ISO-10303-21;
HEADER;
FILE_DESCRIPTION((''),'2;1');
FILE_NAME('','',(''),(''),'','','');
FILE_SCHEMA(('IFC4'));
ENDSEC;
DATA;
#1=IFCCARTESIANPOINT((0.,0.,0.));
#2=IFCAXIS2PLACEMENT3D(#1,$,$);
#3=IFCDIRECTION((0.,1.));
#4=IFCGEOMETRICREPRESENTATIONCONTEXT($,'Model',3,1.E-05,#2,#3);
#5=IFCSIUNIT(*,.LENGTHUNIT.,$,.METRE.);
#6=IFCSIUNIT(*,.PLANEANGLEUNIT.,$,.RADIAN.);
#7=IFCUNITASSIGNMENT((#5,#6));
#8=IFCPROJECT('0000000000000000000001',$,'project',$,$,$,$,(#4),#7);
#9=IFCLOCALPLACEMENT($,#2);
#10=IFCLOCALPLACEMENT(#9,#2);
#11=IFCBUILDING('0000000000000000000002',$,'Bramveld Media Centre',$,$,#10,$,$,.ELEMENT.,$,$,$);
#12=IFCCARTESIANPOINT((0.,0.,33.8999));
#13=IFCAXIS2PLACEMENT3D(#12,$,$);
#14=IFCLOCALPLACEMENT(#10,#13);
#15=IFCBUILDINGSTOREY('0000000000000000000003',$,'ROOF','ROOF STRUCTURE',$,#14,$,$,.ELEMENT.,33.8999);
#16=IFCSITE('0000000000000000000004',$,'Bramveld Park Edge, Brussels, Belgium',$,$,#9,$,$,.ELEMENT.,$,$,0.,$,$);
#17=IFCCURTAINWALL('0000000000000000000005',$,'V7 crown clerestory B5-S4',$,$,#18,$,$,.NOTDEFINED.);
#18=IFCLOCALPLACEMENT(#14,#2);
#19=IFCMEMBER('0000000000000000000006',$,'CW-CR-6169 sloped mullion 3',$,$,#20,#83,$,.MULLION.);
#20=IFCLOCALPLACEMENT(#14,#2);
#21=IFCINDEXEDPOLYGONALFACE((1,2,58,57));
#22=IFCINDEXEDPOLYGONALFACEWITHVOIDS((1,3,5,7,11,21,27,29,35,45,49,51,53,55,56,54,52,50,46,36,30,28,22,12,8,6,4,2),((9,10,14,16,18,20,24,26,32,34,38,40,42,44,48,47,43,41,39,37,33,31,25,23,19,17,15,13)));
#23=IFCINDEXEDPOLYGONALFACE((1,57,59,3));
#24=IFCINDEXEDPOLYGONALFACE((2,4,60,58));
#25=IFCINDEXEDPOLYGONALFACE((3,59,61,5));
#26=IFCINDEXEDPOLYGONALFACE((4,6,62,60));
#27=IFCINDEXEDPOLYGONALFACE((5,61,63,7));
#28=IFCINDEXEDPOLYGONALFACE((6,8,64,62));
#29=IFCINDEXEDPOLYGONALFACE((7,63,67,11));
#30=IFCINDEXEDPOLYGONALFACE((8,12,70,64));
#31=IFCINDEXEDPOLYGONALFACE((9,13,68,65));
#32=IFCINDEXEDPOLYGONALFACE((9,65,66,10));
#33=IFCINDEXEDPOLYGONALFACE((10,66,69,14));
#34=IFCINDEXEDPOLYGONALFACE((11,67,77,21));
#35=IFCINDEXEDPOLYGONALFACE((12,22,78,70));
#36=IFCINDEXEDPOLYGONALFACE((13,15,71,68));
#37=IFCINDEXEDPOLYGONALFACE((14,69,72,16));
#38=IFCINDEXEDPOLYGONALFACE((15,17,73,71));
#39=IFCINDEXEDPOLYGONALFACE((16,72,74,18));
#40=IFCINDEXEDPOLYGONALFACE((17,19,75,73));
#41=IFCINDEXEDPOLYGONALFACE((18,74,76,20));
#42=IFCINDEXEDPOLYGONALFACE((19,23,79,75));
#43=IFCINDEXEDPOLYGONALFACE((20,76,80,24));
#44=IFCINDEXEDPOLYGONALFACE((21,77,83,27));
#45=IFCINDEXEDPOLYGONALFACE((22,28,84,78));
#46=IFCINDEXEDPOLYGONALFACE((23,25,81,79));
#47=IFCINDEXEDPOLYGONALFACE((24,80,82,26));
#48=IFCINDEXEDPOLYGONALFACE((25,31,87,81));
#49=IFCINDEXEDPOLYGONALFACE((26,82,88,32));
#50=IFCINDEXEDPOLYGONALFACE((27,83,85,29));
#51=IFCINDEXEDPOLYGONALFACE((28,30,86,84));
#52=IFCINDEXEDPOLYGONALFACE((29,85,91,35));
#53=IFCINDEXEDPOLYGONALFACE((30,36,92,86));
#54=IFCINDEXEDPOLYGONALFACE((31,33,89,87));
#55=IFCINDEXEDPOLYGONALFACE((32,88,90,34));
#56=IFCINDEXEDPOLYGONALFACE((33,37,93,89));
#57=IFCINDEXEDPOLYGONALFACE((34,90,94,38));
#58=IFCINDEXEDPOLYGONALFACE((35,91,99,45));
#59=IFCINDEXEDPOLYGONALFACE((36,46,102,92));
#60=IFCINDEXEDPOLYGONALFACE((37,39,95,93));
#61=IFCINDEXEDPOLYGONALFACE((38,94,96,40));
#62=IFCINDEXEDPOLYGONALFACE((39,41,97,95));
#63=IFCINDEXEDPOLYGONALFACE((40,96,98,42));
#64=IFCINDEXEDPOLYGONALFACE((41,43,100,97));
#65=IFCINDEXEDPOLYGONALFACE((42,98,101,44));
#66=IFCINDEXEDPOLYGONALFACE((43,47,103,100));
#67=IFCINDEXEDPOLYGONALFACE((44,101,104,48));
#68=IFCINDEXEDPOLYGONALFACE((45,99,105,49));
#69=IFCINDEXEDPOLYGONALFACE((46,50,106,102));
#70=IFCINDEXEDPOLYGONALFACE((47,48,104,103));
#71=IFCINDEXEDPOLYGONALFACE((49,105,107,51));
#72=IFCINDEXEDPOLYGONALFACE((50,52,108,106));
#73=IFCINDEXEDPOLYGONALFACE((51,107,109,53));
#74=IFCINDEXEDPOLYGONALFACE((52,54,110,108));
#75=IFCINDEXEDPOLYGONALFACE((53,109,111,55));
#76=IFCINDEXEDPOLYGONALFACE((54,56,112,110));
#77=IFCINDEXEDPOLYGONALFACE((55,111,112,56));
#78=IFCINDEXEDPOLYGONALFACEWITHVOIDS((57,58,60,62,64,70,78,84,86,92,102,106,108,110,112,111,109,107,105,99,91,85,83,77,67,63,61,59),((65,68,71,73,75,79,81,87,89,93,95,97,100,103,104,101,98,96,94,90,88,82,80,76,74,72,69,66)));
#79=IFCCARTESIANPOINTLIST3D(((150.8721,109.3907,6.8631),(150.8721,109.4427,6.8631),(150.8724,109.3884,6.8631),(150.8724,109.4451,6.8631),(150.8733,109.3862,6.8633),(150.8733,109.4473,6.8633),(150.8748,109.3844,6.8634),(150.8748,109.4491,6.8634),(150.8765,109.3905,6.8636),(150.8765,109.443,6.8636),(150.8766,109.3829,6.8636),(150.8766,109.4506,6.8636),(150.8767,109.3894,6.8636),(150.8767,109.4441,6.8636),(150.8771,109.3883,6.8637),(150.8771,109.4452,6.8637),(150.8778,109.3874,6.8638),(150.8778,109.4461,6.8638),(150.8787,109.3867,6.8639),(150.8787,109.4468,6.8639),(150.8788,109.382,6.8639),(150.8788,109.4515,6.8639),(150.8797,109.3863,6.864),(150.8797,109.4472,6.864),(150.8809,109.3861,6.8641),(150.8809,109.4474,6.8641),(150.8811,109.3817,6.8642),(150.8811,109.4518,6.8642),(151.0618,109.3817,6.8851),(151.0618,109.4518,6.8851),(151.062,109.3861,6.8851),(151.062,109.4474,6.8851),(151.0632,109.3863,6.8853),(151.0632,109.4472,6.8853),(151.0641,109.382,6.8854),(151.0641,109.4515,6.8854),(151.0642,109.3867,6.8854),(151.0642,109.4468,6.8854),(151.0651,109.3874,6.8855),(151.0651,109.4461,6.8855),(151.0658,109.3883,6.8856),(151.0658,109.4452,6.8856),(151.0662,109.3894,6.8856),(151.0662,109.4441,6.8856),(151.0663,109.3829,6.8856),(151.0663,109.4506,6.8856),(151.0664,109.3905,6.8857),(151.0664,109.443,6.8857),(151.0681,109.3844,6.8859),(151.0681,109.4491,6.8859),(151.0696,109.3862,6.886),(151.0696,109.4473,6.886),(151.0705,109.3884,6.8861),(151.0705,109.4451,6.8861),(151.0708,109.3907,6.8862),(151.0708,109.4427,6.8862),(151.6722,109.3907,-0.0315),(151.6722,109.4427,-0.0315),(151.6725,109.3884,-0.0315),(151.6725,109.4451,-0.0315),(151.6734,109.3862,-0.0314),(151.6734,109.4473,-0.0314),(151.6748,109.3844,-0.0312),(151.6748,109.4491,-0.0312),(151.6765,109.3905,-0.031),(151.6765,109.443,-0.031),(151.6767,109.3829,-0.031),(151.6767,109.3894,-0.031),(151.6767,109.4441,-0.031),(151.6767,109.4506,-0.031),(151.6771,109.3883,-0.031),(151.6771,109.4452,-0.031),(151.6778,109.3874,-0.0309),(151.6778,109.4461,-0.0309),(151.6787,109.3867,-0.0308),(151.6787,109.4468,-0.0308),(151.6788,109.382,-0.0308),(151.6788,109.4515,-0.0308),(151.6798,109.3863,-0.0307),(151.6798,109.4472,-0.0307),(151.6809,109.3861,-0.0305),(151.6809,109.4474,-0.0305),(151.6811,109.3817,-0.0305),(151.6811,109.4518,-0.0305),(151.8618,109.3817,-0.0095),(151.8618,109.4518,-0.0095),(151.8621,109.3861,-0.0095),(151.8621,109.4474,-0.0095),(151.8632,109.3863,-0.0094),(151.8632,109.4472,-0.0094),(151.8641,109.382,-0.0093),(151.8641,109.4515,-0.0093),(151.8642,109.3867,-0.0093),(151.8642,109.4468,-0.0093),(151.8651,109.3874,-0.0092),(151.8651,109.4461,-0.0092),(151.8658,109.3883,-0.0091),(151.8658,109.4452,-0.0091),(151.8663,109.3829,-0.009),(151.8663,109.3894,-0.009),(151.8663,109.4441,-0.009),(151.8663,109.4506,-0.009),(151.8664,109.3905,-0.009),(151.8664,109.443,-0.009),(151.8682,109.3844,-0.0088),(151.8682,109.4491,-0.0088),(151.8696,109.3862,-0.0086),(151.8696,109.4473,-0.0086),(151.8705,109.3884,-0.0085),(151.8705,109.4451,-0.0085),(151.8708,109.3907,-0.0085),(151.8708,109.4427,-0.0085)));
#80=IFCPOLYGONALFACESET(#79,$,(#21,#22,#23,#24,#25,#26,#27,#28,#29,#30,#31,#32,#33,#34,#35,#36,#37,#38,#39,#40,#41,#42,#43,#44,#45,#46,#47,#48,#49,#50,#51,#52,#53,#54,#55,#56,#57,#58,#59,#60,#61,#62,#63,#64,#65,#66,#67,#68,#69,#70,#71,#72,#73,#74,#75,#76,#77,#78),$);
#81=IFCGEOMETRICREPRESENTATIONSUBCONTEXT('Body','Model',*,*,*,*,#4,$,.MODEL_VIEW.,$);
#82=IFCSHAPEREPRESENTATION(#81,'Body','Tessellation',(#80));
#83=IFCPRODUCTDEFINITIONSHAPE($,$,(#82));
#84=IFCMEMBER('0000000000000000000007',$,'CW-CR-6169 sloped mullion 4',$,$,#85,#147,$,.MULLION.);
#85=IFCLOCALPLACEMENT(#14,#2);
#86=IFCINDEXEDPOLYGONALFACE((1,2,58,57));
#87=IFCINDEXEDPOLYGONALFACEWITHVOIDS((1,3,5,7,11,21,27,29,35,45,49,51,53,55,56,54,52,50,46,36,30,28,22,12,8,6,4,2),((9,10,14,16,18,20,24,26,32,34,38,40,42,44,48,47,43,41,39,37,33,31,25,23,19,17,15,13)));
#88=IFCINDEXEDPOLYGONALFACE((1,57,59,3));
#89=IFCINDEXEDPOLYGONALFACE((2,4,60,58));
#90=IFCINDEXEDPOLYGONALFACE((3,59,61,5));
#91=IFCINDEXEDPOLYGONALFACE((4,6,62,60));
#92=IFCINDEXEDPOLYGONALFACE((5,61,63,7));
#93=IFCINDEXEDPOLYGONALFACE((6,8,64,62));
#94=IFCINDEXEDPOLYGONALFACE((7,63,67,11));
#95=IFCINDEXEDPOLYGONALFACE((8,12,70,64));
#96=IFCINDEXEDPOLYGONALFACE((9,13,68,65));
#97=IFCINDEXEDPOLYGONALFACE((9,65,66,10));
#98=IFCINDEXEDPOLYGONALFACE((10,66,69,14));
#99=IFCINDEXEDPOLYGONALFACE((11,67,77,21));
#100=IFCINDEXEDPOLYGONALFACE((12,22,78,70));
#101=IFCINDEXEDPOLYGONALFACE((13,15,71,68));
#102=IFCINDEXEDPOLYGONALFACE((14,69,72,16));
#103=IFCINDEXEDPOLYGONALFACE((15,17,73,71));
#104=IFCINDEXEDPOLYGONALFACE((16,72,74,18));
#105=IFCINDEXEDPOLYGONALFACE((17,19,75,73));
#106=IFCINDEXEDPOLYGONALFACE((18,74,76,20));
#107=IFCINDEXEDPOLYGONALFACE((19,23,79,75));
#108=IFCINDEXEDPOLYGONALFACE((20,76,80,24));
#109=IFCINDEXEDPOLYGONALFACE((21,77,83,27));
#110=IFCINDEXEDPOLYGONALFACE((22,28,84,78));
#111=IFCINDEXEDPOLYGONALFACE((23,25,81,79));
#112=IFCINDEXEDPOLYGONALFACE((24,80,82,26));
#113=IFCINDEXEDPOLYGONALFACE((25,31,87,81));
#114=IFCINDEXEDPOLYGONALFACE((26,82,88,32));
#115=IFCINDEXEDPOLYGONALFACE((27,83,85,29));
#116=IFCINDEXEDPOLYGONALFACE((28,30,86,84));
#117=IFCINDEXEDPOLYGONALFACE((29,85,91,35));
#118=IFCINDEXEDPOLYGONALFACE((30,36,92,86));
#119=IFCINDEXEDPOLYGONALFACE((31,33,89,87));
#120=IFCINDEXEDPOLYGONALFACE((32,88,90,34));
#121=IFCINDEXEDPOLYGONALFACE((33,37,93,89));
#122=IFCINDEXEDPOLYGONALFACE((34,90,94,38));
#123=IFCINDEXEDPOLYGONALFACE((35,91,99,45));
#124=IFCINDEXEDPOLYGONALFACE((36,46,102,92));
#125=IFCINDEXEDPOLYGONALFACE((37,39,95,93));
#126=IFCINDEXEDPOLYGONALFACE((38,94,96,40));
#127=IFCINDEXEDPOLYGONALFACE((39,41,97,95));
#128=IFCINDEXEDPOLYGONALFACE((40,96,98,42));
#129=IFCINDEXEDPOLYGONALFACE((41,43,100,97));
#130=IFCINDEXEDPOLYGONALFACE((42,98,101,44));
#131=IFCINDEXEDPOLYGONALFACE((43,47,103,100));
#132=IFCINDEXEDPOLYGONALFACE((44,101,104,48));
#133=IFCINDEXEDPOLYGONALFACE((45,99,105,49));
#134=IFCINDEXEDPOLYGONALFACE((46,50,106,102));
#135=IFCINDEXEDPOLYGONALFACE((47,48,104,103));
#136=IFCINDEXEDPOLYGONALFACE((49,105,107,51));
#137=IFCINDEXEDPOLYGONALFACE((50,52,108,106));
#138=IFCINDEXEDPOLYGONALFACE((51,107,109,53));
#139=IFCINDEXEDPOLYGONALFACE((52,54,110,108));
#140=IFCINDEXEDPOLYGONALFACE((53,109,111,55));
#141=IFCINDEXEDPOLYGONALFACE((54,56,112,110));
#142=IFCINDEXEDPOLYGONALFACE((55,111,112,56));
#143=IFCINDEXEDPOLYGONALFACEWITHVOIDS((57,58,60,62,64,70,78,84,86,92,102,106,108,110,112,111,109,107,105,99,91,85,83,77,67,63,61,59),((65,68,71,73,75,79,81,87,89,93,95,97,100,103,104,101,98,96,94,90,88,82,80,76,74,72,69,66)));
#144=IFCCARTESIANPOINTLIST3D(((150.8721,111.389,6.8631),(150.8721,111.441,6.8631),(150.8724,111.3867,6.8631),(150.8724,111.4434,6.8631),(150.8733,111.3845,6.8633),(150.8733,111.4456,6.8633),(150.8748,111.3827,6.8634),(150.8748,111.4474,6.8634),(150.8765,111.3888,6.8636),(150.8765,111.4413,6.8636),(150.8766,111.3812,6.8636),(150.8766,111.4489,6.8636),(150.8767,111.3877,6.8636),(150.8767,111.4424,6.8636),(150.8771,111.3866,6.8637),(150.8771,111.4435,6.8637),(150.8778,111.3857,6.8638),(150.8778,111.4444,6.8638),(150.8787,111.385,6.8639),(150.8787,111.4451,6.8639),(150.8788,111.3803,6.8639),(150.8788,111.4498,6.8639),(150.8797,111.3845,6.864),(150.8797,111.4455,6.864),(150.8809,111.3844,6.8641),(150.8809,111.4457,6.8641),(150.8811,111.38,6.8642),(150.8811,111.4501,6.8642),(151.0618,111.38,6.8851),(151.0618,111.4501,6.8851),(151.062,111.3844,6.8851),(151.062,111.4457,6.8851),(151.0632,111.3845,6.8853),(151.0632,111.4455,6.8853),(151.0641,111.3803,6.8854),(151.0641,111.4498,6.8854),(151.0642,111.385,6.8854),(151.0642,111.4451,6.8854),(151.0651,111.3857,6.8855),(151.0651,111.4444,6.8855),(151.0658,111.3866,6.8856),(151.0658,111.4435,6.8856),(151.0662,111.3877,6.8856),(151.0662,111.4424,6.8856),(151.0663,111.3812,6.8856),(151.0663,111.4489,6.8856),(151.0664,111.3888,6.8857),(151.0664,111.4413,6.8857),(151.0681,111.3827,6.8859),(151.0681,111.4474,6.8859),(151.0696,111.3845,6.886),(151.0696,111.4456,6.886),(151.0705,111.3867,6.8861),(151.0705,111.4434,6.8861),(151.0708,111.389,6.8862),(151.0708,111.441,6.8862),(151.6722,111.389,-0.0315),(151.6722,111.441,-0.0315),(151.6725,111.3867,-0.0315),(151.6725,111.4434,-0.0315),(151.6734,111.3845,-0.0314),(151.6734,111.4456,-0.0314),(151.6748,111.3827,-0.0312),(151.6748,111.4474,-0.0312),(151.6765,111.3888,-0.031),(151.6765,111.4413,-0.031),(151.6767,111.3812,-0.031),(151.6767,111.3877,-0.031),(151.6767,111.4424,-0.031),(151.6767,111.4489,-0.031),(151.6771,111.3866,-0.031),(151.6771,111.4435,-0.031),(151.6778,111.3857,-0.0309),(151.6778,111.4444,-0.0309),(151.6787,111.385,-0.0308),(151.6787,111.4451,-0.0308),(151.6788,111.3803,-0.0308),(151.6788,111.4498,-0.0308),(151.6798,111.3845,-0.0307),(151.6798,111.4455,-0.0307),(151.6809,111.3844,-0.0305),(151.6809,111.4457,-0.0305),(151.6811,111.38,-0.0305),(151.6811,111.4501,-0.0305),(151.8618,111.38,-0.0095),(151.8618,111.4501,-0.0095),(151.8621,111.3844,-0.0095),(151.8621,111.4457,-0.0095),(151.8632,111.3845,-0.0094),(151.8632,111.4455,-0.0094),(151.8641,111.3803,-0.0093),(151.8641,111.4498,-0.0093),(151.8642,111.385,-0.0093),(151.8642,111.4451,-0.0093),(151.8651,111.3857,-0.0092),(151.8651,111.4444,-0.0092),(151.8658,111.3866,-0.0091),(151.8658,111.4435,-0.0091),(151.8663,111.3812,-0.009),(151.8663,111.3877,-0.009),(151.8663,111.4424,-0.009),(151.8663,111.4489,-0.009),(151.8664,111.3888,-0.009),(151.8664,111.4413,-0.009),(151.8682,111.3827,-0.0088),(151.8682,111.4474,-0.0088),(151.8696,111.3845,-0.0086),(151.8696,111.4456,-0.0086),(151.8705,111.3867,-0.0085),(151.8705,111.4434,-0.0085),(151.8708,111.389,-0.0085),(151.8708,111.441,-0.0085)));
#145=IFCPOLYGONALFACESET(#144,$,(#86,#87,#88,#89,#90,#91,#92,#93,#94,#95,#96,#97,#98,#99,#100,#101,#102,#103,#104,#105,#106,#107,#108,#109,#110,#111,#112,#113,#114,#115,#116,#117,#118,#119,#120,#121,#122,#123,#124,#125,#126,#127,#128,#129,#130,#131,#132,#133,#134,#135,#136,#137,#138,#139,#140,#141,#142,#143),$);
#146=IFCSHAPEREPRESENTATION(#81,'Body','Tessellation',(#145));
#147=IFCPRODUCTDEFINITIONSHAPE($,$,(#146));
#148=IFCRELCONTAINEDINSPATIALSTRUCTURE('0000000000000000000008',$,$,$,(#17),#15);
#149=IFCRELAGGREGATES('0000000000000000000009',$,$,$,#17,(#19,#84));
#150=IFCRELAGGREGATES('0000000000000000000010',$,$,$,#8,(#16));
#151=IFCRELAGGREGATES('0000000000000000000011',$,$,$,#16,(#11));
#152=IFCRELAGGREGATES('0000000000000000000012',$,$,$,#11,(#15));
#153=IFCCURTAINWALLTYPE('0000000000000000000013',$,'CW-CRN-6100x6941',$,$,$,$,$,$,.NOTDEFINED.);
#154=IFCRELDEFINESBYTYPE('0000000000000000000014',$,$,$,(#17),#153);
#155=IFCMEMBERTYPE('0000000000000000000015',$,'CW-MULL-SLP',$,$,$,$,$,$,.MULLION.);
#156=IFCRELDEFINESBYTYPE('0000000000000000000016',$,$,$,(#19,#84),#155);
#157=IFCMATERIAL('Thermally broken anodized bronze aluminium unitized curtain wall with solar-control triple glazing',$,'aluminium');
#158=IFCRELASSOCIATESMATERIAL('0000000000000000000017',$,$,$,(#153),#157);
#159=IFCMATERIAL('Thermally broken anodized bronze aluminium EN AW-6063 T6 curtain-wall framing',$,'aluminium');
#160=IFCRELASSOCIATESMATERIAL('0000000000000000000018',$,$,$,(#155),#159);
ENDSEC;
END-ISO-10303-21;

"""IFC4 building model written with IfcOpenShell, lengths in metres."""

from ifc_helpers import new_model, si_unit, direction, frame, origin, origin_2d, place, context, subcontext, project, spatial, hollow_rectangle, extrude, material, material_profile, profile_set, type_object, element, aggregate, save


model = new_model("IFC4")

# Units and contexts
model_context = context("Model", 3, precision=1e-05, world=origin(), true_north=direction((0.0, 1.0)))
body_context = subcontext(model_context, "Body", "Model", "MODEL_VIEW")
ifc_project = project(units=[si_unit("LENGTHUNIT", "METRE"), si_unit("PLANEANGLEUNIT", "RADIAN")], contexts=[model_context])

# Site, building, storey
site_placement = place(None, origin())
site = spatial("IfcSite", under=ifc_project, at=site_placement, Name="Bramveld Park Edge, Brussels, Belgium", CompositionType="ELEMENT", RefElevation=0.0)
building_placement = place(site_placement, origin())
building = spatial("IfcBuilding", under=site, at=building_placement, Name="Bramveld Media Centre", CompositionType="ELEMENT")
storey_placement = place(building_placement, frame((0.0, 0.0, 33.8999)))
storey = spatial("IfcBuildingStorey", under=building, at=storey_placement, Name="ROOF", Description="ROOF STRUCTURE", CompositionType="ELEMENT", Elevation=33.8999)

# Curtain wall, members
ifc_material_1 = material(Name="Thermally broken anodized bronze aluminium unitized curtain wall with solar-control triple glazing", Category="aluminium")
curtain_wall_type = type_object("IfcCurtainWallType", Name="CW-CRN-6100x6941", PredefinedType="NOTDEFINED", material=ifc_material_1)
ifc_material_2 = material(Name="Thermally broken anodized bronze aluminium EN AW-6063 T6 curtain-wall framing", Category="aluminium")
ifc_material_profile_1 = material_profile(ifc_material_2, hollow_rectangle(XDim=0.0701, YDim=0.2, WallThickness=0.0044, InnerFilletRadius=0.0044, OuterFilletRadius=0.009, at=origin_2d()), Name="AL-MULL 70x200")
ifc_profile_set_1 = profile_set([ifc_material_profile_1], Name="Thermally broken anodized bronze aluminium EN AW-6063 T6 curtain-wall framing")
member_type_1 = type_object("IfcMemberType", Name="CW-MULL-SLP", PredefinedType="MULLION", material=ifc_profile_set_1)
curtain_wall_1_placement = place(storey_placement, origin())
curtain_wall_1 = element("IfcCurtainWall", 1, at=curtain_wall_1_placement, inside=storey, type_object=curtain_wall_type, Name="V7 crown clerestory B5-S4", PredefinedType="NOTDEFINED")
member_1_placement = place(storey_placement, frame((151.7715, 109.4167, -0.02), z_axis=(-0.115264, 0.0, 0.993335), x_axis=(0.0, -1.0, 0.0)))
member_1 = element("IfcMember", 2, at=member_1_placement, type_object=member_type_1, Name="CW-CR-6169 sloped mullion 3", PredefinedType="MULLION", context=body_context, shape_type="SweptSolid", body=[
    extrude(hollow_rectangle(XDim=0.0701, YDim=0.2, WallThickness=0.0044, InnerFilletRadius=0.0044, OuterFilletRadius=0.009, at=origin_2d()), origin(), (0.0, 0.0, 1.0), 6.9409),
])
member_2_placement = place(storey_placement, frame((151.7715, 111.415, -0.02), z_axis=(-0.115264, 0.0, 0.993335), x_axis=(0.0, -1.0, 0.0)))
member_2 = element("IfcMember", 3, at=member_2_placement, type_object=member_type_1, Name="CW-CR-6169 sloped mullion 4", PredefinedType="MULLION", context=body_context, shape_type="SweptSolid", body=[
    extrude(hollow_rectangle(XDim=0.0701, YDim=0.2, WallThickness=0.0044, InnerFilletRadius=0.0044, OuterFilletRadius=0.009, at=origin_2d()), origin(), (0.0, 0.0, 1.0), 6.9409),
])

aggregate(curtain_wall_1, [member_1, member_2])

save(model, "model.ifc")
